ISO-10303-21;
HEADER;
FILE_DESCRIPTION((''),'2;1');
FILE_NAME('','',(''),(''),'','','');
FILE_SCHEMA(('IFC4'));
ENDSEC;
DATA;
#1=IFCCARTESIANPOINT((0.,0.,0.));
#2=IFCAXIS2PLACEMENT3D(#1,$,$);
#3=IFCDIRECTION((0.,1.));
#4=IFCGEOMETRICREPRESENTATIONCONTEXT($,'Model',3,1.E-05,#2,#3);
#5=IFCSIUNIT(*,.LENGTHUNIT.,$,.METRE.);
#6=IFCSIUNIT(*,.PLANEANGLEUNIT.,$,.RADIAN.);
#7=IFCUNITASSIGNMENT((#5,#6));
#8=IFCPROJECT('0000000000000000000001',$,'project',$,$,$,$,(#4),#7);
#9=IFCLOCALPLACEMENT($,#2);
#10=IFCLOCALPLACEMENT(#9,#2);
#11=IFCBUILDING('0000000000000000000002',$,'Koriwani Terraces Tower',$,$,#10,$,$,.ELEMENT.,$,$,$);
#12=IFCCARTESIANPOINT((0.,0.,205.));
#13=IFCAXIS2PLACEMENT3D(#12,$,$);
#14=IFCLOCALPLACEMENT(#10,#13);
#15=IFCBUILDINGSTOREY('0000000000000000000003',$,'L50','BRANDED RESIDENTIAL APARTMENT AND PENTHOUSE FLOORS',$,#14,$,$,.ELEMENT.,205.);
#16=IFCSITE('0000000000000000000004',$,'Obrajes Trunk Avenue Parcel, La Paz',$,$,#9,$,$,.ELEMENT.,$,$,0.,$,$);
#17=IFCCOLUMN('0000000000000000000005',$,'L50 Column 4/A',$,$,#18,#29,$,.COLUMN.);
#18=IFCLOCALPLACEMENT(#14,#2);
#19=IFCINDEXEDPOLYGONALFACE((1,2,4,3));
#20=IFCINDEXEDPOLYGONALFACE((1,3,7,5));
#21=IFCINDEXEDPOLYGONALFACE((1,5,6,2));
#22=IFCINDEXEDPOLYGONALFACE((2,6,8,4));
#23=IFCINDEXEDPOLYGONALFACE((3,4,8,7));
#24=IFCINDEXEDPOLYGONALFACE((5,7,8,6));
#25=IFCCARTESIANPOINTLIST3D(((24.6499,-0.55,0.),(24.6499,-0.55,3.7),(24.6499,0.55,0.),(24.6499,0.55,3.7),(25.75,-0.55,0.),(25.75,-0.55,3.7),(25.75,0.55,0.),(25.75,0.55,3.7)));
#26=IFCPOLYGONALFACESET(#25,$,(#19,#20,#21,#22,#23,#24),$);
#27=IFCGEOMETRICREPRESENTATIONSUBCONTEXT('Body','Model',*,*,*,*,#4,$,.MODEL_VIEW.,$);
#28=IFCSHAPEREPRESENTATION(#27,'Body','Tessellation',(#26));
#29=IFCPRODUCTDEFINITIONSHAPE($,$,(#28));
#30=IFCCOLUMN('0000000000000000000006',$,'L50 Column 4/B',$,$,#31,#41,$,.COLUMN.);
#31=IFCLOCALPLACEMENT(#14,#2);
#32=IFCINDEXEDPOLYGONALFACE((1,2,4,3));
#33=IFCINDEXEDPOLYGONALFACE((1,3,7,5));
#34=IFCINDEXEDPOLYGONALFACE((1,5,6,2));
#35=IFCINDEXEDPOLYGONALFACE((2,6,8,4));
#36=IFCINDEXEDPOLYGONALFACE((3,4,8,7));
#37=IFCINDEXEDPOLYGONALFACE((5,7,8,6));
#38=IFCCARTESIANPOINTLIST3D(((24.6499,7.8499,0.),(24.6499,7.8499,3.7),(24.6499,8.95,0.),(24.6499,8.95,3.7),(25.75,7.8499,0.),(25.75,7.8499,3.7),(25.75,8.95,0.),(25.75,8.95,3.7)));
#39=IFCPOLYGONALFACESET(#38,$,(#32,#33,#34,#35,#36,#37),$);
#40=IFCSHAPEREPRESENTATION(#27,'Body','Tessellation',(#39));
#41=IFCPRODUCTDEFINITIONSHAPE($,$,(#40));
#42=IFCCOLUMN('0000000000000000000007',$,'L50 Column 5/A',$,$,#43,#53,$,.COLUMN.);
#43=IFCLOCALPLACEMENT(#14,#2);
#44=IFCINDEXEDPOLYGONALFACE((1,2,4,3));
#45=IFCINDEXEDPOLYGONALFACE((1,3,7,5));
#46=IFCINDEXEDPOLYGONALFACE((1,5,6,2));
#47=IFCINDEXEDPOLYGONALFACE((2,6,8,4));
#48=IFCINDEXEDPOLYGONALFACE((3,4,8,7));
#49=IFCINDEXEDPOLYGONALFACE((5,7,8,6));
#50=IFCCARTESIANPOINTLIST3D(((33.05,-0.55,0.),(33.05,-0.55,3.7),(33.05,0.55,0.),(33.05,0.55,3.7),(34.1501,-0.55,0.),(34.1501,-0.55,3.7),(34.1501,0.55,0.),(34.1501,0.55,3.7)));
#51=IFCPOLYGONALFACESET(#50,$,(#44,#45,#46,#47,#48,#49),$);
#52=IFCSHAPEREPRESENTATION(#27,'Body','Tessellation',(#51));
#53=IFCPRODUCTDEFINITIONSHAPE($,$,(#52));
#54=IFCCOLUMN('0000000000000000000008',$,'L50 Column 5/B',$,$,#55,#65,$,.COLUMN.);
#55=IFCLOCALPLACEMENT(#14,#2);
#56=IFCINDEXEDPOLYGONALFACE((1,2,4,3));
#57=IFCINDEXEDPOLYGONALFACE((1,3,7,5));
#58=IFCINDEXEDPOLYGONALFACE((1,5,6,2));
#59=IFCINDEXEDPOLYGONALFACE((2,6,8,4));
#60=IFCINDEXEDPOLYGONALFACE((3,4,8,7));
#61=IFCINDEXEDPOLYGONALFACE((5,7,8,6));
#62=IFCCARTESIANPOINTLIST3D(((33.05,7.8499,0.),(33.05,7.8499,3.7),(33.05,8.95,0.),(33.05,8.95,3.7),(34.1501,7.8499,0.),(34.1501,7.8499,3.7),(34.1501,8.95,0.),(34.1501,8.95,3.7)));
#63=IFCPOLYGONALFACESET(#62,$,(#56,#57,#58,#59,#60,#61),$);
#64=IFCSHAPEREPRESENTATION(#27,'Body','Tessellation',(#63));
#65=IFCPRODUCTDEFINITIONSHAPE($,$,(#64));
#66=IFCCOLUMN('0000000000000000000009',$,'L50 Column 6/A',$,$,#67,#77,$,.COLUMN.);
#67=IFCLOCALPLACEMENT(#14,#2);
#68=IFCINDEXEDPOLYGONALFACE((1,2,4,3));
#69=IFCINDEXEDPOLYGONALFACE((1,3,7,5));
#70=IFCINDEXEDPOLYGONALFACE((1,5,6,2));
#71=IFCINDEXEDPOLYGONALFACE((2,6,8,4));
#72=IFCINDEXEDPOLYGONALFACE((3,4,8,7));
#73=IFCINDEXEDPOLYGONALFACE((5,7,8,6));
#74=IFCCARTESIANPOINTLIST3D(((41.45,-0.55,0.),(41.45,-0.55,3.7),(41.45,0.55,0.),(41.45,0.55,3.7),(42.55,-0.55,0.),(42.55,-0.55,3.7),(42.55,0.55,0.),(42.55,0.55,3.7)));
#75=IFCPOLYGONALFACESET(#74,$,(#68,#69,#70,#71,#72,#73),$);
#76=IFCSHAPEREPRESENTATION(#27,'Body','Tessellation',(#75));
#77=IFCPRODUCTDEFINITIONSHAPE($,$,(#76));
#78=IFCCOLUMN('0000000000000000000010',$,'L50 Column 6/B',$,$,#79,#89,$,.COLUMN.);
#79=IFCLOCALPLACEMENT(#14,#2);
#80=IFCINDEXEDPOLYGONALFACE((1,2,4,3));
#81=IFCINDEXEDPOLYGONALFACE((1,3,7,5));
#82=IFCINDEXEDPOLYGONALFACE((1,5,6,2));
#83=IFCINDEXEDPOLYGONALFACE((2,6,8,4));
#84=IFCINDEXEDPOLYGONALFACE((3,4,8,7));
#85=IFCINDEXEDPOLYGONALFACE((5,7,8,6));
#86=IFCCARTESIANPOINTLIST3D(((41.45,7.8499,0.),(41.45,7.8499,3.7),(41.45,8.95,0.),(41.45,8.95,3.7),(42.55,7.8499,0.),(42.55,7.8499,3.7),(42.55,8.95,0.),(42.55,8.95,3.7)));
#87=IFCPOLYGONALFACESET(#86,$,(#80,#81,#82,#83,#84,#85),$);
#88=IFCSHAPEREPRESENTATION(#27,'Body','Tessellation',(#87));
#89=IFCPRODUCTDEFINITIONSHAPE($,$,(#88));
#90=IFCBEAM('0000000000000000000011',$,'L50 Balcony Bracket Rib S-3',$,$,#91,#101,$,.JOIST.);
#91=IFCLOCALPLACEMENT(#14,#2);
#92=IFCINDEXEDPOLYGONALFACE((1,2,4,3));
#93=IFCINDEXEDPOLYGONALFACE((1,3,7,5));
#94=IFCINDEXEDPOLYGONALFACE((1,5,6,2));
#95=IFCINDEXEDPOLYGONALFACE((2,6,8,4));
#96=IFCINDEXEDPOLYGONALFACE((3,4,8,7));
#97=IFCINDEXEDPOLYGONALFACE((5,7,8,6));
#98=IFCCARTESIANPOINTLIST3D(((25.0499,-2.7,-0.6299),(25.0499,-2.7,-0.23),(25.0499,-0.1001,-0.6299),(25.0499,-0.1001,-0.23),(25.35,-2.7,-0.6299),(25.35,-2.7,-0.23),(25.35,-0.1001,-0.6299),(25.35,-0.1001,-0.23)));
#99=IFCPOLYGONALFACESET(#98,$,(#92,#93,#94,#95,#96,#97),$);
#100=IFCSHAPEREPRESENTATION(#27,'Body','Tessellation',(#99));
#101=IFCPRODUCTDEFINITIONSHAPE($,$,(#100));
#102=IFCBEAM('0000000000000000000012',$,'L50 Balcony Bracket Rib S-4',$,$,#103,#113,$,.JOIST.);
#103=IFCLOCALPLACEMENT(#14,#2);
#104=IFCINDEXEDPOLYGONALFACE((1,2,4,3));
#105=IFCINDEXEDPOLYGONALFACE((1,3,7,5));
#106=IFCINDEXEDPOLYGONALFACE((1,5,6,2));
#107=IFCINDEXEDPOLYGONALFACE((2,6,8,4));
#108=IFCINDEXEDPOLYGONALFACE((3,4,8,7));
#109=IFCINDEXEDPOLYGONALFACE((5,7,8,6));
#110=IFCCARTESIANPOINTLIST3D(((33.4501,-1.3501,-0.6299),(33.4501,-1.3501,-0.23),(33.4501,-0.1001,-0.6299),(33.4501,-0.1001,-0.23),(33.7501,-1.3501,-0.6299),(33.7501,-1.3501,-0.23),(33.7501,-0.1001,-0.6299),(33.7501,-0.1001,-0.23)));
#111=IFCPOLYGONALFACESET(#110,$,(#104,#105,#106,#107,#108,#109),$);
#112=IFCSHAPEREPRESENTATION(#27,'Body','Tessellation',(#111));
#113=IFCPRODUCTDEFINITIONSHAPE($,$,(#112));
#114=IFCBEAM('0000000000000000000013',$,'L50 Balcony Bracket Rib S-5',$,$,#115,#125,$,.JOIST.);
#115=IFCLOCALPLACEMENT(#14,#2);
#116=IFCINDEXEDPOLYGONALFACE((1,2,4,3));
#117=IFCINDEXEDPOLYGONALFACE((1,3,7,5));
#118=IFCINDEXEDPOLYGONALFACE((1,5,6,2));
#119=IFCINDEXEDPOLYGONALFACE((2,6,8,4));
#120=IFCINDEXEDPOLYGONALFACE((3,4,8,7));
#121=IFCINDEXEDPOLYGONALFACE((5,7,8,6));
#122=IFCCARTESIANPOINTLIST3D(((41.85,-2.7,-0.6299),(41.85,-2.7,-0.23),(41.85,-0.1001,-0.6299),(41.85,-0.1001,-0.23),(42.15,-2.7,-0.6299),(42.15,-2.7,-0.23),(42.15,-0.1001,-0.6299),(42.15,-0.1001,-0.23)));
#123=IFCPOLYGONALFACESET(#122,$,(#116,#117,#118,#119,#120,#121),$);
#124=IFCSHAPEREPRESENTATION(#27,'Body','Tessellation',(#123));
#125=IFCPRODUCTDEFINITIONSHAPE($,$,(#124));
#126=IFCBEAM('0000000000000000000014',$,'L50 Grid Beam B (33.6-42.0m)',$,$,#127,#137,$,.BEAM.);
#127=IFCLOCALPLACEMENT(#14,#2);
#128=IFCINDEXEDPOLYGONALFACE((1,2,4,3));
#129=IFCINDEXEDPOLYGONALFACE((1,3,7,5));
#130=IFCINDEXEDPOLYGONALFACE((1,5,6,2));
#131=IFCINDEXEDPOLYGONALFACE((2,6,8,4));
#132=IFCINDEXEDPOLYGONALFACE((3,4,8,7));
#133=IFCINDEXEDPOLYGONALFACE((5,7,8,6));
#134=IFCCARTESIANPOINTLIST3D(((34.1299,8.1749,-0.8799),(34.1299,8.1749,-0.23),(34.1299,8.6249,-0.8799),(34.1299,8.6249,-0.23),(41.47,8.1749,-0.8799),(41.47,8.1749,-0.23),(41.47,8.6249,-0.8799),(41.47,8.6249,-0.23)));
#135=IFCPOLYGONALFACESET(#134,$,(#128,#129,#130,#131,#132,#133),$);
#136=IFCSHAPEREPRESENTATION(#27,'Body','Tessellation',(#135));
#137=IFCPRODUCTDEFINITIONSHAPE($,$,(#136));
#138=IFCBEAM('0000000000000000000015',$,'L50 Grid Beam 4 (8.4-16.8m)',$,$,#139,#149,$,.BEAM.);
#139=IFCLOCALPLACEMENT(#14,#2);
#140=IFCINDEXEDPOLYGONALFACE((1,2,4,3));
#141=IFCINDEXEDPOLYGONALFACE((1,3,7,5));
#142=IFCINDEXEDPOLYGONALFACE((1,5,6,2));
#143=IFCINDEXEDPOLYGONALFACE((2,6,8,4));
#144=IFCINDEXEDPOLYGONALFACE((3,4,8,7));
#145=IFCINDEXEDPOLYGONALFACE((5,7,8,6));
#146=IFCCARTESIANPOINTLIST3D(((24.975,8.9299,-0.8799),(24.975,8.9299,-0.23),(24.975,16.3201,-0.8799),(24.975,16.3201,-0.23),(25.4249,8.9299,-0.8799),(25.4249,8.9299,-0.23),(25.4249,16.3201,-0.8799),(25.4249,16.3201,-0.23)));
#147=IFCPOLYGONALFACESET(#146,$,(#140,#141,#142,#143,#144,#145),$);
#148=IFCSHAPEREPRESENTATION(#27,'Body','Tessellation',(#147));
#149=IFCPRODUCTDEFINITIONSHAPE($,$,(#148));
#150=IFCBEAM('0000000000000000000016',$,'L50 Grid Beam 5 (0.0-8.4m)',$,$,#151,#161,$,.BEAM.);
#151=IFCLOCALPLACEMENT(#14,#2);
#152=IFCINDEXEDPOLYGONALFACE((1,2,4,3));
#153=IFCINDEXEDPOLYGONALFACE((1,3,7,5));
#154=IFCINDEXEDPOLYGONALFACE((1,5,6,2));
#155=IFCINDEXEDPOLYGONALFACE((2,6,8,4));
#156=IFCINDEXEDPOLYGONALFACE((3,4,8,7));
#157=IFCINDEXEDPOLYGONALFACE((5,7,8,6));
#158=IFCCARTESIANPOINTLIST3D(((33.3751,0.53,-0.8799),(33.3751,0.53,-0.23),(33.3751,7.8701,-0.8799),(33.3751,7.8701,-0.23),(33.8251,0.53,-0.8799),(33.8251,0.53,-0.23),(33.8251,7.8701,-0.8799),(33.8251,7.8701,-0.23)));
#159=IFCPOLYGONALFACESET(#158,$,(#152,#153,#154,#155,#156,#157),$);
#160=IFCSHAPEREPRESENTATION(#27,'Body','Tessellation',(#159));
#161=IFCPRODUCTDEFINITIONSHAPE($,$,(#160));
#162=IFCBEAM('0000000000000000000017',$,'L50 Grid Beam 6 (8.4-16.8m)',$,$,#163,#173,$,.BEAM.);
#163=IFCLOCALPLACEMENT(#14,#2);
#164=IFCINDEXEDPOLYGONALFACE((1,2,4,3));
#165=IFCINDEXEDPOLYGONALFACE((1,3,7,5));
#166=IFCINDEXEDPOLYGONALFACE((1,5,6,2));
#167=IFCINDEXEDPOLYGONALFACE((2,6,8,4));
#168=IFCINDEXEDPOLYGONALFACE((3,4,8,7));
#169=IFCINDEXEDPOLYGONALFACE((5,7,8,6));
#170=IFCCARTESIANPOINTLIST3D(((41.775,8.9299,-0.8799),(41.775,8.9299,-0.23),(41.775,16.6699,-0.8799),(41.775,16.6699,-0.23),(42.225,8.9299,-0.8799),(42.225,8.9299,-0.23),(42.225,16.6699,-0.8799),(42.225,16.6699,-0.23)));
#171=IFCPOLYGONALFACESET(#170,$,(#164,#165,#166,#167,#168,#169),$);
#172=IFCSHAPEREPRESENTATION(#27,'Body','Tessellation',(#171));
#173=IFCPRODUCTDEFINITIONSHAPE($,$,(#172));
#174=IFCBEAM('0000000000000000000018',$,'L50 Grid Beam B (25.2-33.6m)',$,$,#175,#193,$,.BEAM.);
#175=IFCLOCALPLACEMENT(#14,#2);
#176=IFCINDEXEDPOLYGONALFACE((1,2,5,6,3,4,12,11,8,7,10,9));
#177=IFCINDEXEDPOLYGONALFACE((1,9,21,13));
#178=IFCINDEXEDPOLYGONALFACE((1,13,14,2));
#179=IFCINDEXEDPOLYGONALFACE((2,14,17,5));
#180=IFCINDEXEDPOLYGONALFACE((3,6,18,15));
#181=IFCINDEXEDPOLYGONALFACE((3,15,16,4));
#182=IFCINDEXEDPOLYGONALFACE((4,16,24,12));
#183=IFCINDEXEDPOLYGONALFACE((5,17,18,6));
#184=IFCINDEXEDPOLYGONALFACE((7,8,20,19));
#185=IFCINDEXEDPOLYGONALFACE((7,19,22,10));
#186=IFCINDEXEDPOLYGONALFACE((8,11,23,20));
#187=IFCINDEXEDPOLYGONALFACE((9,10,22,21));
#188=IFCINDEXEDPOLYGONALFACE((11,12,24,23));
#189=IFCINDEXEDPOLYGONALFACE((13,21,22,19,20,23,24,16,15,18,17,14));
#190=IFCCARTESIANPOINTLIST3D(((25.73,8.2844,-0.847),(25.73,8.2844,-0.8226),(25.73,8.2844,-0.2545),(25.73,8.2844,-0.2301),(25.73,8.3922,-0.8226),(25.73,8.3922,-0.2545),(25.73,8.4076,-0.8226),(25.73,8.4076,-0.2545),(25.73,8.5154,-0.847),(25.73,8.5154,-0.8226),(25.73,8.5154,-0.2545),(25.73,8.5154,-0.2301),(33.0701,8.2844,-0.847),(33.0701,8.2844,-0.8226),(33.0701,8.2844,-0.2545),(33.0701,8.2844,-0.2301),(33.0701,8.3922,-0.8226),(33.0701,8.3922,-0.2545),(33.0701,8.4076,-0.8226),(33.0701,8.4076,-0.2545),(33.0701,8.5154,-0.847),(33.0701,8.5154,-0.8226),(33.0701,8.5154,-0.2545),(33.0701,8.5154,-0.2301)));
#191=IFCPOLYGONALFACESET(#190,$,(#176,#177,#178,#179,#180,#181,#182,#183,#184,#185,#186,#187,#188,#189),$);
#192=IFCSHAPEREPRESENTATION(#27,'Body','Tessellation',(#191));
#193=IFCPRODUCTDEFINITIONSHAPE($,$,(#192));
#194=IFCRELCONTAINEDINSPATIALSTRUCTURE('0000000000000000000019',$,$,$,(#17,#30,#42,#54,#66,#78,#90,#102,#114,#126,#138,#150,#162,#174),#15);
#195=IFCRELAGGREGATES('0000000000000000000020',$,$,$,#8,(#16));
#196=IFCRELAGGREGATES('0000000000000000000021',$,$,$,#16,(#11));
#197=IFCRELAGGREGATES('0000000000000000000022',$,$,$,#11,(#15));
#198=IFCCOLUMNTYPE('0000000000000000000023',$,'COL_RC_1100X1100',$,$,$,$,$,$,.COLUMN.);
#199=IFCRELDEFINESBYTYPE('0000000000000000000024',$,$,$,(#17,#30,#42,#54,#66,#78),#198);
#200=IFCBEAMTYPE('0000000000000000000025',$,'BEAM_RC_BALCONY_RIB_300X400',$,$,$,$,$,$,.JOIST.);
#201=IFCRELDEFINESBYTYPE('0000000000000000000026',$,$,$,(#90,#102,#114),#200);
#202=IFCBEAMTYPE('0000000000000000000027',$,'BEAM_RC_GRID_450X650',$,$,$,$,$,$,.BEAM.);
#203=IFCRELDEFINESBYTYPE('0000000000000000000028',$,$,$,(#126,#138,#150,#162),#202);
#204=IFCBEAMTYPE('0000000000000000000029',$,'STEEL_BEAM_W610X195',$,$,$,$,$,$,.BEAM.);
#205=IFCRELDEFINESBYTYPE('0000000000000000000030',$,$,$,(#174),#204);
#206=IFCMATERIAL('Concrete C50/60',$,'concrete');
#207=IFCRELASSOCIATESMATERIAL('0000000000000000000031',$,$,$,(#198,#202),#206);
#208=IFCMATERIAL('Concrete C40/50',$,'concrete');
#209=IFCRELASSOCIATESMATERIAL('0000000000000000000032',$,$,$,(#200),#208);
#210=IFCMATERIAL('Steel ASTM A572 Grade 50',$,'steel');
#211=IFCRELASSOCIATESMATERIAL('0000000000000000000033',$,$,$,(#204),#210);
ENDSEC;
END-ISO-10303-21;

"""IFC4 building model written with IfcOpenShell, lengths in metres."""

from ifc_helpers import new_model, si_unit, direction, frame, origin, origin_2d, place, context, subcontext, project, spatial, rectangle, i_section, extrude, material, material_profile, profile_set, type_object, element, save


model = new_model("IFC4")

# Units and contexts
model_context = context("Model", 3, precision=1e-05, world=origin(), true_north=direction((0.0, 1.0)))
body_context = subcontext(model_context, "Body", "Model", "MODEL_VIEW")
ifc_project = project(units=[si_unit("LENGTHUNIT", "METRE"), si_unit("PLANEANGLEUNIT", "RADIAN")], contexts=[model_context])

# Site, building, storey
site_placement = place(None, origin())
site = spatial("IfcSite", under=ifc_project, at=site_placement, Name="Obrajes Trunk Avenue Parcel, La Paz", CompositionType="ELEMENT", RefElevation=0.0)
building_placement = place(site_placement, origin())
building = spatial("IfcBuilding", under=site, at=building_placement, Name="Koriwani Terraces Tower", CompositionType="ELEMENT")
storey_placement = place(building_placement, frame((0.0, 0.0, 205.0)))
storey = spatial("IfcBuildingStorey", under=building, at=storey_placement, Name="L50", Description="BRANDED RESIDENTIAL APARTMENT AND PENTHOUSE FLOORS", CompositionType="ELEMENT", Elevation=205.0)

# Columns
ifc_material_1 = material(Name="Concrete C50/60", Category="concrete")
ifc_material_profile_1 = material_profile(ifc_material_1, rectangle(XDim=1.1001, YDim=1.1001, at=origin_2d()), Name="Concrete C50/60", Category="LoadBearing")
ifc_profile_set_1 = profile_set([ifc_material_profile_1], Name="Concrete C50/60")
column_type = type_object("IfcColumnType", Name="COL_RC_1100X1100", PredefinedType="COLUMN", material=ifc_profile_set_1)
for number, where, z_axis, x_axis, name in (
    (1, (25.2, 0.0, 0.0), (0.0, 0.0, 1.0), (1.0, 0.0, 0.0), "L50 Column 4/A"),
    (2, (25.2, 8.3999, 0.0), (0.0, 0.0, 1.0), (1.0, 0.0, 0.0), "L50 Column 4/B"),
    (3, (33.6001, 0.0, 0.0), (0.0, 0.0, 1.0), (1.0, 0.0, 0.0), "L50 Column 5/A"),
    (4, (33.6001, 8.3999, 0.0), (0.0, 0.0, 1.0), (1.0, 0.0, 0.0), "L50 Column 5/B"),
    (5, (42.0, 0.0, 0.0), (0.0, 0.0, 1.0), (1.0, 0.0, 0.0), "L50 Column 6/A"),
    (6, (42.0, 8.3999, 0.0), (0.0, 0.0, 1.0), (1.0, 0.0, 0.0), "L50 Column 6/B"),
):
    element("IfcColumn", number, at=place(storey_placement, frame(where, z_axis=z_axis, x_axis=x_axis)), inside=storey, type_object=column_type, Name=name, PredefinedType="COLUMN", context=body_context, shape_type="SweptSolid", body=[
        extrude(rectangle(XDim=1.1001, YDim=1.1001, at=origin_2d()), origin(), (0.0, 0.0, 1.0), 3.7),
    ])

# Beams
ifc_material_2 = material(Name="Concrete C40/50", Category="concrete")
ifc_material_profile_2 = material_profile(ifc_material_2, rectangle(XDim=0.3, YDim=0.3999, at=origin_2d()), Name="Concrete C40/50", Category="LoadBearing")
ifc_profile_set_2 = profile_set([ifc_material_profile_2], Name="Concrete C40/50")
beam_type_1 = type_object("IfcBeamType", Name="BEAM_RC_BALCONY_RIB_300X400", PredefinedType="JOIST", material=ifc_profile_set_2)
beam_1_placement = place(storey_placement, frame((25.2, -2.7, -0.4299), z_axis=(0.0, 1.0, 0.0), x_axis=(-1.0, 0.0, 0.0)))
element("IfcBeam", 7, at=beam_1_placement, inside=storey, type_object=beam_type_1, Name="L50 Balcony Bracket Rib S-3", PredefinedType="JOIST", context=body_context, shape_type="SweptSolid", body=[
    extrude(rectangle(XDim=0.3, YDim=0.3999, at=origin_2d()), origin(), (0.0, 0.0, 1.0), 2.5999),
])
beam_2_placement = place(storey_placement, frame((33.6001, -1.3501, -0.4299), z_axis=(0.0, 1.0, 0.0), x_axis=(-1.0, 0.0, 0.0)))
element("IfcBeam", 8, at=beam_2_placement, inside=storey, type_object=beam_type_1, Name="L50 Balcony Bracket Rib S-4", PredefinedType="JOIST", context=body_context, shape_type="SweptSolid", body=[
    extrude(rectangle(XDim=0.3, YDim=0.3999, at=origin_2d()), origin(), (0.0, 0.0, 1.0), 1.25),
])
beam_3_placement = place(storey_placement, frame((42.0, -2.7, -0.4299), z_axis=(0.0, 1.0, 0.0), x_axis=(-1.0, 0.0, 0.0)))
element("IfcBeam", 9, at=beam_3_placement, inside=storey, type_object=beam_type_1, Name="L50 Balcony Bracket Rib S-5", PredefinedType="JOIST", context=body_context, shape_type="SweptSolid", body=[
    extrude(rectangle(XDim=0.3, YDim=0.3999, at=origin_2d()), origin(), (0.0, 0.0, 1.0), 2.5999),
])
ifc_material_profile_3 = material_profile(ifc_material_1, rectangle(XDim=0.45, YDim=0.6499, at=origin_2d()), Name="Concrete C50/60", Category="LoadBearing")
ifc_profile_set_3 = profile_set([ifc_material_profile_3], Name="Concrete C50/60")
beam_type_2 = type_object("IfcBeamType", Name="BEAM_RC_GRID_450X650", PredefinedType="BEAM", material=ifc_profile_set_3)
beam_4_placement = place(storey_placement, frame((34.1299, 8.3999, -0.5549), z_axis=(1.0, 0.0, 0.0), x_axis=(0.0, 1.0, 0.0)))
element("IfcBeam", 10, at=beam_4_placement, inside=storey, type_object=beam_type_2, Name="L50 Grid Beam B (33.6-42.0m)", PredefinedType="BEAM", context=body_context, shape_type="SweptSolid", body=[
    extrude(rectangle(XDim=0.45, YDim=0.6499, at=origin_2d()), origin(), (0.0, 0.0, 1.0), 7.3401),
])
beam_5_placement = place(storey_placement, frame((25.2, 8.9299, -0.5549), z_axis=(0.0, 1.0, 0.0), x_axis=(-1.0, 0.0, 0.0)))
element("IfcBeam", 11, at=beam_5_placement, inside=storey, type_object=beam_type_2, Name="L50 Grid Beam 4 (8.4-16.8m)", PredefinedType="BEAM", context=body_context, shape_type="SweptSolid", body=[
    extrude(rectangle(XDim=0.45, YDim=0.6499, at=origin_2d()), origin(), (0.0, 0.0, 1.0), 7.3901),
])
beam_6_placement = place(storey_placement, frame((33.6001, 0.53, -0.5549), z_axis=(0.0, 1.0, 0.0), x_axis=(-1.0, 0.0, 0.0)))
element("IfcBeam", 12, at=beam_6_placement, inside=storey, type_object=beam_type_2, Name="L50 Grid Beam 5 (0.0-8.4m)", PredefinedType="BEAM", context=body_context, shape_type="SweptSolid", body=[
    extrude(rectangle(XDim=0.45, YDim=0.6499, at=origin_2d()), origin(), (0.0, 0.0, 1.0), 7.3401),
])
beam_7_placement = place(storey_placement, frame((42.0, 8.9299, -0.5549), z_axis=(0.0, 1.0, 0.0), x_axis=(-1.0, 0.0, 0.0)))
element("IfcBeam", 13, at=beam_7_placement, inside=storey, type_object=beam_type_2, Name="L50 Grid Beam 6 (8.4-16.8m)", PredefinedType="BEAM", context=body_context, shape_type="SweptSolid", body=[
    extrude(rectangle(XDim=0.45, YDim=0.6499, at=origin_2d()), origin(), (0.0, 0.0, 1.0), 7.74),
])
ifc_material_3 = material(Name="Steel ASTM A572 Grade 50", Category="steel")
ifc_material_profile_4 = material_profile(ifc_material_3, i_section(OverallWidth=0.231, OverallDepth=0.6169, WebThickness=0.0154, FlangeThickness=0.0244, at=origin_2d()), Name="Steel ASTM A572 Grade 50", Category="LoadBearing")
ifc_profile_set_4 = profile_set([ifc_material_profile_4], Name="Steel ASTM A572 Grade 50")
beam_type_3 = type_object("IfcBeamType", Name="STEEL_BEAM_W610X195", PredefinedType="BEAM", material=ifc_profile_set_4)
for number, where, z_axis, x_axis, name in (
    (14, (25.73, 8.3999, -0.5386), (1.0, 0.0, 0.0), (0.0, 1.0, 0.0), "L50 Grid Beam B (25.2-33.6m)"),
):
    element("IfcBeam", number, at=place(storey_placement, frame(where, z_axis=z_axis, x_axis=x_axis)), inside=storey, type_object=beam_type_3, Name=name, PredefinedType="BEAM", context=body_context, shape_type="SweptSolid", body=[
        extrude(i_section(OverallWidth=0.231, OverallDepth=0.6169, WebThickness=0.0154, FlangeThickness=0.0244, at=origin_2d()), origin(), (0.0, 0.0, 1.0), 7.3401),
    ])

save(model, "model.ifc")
